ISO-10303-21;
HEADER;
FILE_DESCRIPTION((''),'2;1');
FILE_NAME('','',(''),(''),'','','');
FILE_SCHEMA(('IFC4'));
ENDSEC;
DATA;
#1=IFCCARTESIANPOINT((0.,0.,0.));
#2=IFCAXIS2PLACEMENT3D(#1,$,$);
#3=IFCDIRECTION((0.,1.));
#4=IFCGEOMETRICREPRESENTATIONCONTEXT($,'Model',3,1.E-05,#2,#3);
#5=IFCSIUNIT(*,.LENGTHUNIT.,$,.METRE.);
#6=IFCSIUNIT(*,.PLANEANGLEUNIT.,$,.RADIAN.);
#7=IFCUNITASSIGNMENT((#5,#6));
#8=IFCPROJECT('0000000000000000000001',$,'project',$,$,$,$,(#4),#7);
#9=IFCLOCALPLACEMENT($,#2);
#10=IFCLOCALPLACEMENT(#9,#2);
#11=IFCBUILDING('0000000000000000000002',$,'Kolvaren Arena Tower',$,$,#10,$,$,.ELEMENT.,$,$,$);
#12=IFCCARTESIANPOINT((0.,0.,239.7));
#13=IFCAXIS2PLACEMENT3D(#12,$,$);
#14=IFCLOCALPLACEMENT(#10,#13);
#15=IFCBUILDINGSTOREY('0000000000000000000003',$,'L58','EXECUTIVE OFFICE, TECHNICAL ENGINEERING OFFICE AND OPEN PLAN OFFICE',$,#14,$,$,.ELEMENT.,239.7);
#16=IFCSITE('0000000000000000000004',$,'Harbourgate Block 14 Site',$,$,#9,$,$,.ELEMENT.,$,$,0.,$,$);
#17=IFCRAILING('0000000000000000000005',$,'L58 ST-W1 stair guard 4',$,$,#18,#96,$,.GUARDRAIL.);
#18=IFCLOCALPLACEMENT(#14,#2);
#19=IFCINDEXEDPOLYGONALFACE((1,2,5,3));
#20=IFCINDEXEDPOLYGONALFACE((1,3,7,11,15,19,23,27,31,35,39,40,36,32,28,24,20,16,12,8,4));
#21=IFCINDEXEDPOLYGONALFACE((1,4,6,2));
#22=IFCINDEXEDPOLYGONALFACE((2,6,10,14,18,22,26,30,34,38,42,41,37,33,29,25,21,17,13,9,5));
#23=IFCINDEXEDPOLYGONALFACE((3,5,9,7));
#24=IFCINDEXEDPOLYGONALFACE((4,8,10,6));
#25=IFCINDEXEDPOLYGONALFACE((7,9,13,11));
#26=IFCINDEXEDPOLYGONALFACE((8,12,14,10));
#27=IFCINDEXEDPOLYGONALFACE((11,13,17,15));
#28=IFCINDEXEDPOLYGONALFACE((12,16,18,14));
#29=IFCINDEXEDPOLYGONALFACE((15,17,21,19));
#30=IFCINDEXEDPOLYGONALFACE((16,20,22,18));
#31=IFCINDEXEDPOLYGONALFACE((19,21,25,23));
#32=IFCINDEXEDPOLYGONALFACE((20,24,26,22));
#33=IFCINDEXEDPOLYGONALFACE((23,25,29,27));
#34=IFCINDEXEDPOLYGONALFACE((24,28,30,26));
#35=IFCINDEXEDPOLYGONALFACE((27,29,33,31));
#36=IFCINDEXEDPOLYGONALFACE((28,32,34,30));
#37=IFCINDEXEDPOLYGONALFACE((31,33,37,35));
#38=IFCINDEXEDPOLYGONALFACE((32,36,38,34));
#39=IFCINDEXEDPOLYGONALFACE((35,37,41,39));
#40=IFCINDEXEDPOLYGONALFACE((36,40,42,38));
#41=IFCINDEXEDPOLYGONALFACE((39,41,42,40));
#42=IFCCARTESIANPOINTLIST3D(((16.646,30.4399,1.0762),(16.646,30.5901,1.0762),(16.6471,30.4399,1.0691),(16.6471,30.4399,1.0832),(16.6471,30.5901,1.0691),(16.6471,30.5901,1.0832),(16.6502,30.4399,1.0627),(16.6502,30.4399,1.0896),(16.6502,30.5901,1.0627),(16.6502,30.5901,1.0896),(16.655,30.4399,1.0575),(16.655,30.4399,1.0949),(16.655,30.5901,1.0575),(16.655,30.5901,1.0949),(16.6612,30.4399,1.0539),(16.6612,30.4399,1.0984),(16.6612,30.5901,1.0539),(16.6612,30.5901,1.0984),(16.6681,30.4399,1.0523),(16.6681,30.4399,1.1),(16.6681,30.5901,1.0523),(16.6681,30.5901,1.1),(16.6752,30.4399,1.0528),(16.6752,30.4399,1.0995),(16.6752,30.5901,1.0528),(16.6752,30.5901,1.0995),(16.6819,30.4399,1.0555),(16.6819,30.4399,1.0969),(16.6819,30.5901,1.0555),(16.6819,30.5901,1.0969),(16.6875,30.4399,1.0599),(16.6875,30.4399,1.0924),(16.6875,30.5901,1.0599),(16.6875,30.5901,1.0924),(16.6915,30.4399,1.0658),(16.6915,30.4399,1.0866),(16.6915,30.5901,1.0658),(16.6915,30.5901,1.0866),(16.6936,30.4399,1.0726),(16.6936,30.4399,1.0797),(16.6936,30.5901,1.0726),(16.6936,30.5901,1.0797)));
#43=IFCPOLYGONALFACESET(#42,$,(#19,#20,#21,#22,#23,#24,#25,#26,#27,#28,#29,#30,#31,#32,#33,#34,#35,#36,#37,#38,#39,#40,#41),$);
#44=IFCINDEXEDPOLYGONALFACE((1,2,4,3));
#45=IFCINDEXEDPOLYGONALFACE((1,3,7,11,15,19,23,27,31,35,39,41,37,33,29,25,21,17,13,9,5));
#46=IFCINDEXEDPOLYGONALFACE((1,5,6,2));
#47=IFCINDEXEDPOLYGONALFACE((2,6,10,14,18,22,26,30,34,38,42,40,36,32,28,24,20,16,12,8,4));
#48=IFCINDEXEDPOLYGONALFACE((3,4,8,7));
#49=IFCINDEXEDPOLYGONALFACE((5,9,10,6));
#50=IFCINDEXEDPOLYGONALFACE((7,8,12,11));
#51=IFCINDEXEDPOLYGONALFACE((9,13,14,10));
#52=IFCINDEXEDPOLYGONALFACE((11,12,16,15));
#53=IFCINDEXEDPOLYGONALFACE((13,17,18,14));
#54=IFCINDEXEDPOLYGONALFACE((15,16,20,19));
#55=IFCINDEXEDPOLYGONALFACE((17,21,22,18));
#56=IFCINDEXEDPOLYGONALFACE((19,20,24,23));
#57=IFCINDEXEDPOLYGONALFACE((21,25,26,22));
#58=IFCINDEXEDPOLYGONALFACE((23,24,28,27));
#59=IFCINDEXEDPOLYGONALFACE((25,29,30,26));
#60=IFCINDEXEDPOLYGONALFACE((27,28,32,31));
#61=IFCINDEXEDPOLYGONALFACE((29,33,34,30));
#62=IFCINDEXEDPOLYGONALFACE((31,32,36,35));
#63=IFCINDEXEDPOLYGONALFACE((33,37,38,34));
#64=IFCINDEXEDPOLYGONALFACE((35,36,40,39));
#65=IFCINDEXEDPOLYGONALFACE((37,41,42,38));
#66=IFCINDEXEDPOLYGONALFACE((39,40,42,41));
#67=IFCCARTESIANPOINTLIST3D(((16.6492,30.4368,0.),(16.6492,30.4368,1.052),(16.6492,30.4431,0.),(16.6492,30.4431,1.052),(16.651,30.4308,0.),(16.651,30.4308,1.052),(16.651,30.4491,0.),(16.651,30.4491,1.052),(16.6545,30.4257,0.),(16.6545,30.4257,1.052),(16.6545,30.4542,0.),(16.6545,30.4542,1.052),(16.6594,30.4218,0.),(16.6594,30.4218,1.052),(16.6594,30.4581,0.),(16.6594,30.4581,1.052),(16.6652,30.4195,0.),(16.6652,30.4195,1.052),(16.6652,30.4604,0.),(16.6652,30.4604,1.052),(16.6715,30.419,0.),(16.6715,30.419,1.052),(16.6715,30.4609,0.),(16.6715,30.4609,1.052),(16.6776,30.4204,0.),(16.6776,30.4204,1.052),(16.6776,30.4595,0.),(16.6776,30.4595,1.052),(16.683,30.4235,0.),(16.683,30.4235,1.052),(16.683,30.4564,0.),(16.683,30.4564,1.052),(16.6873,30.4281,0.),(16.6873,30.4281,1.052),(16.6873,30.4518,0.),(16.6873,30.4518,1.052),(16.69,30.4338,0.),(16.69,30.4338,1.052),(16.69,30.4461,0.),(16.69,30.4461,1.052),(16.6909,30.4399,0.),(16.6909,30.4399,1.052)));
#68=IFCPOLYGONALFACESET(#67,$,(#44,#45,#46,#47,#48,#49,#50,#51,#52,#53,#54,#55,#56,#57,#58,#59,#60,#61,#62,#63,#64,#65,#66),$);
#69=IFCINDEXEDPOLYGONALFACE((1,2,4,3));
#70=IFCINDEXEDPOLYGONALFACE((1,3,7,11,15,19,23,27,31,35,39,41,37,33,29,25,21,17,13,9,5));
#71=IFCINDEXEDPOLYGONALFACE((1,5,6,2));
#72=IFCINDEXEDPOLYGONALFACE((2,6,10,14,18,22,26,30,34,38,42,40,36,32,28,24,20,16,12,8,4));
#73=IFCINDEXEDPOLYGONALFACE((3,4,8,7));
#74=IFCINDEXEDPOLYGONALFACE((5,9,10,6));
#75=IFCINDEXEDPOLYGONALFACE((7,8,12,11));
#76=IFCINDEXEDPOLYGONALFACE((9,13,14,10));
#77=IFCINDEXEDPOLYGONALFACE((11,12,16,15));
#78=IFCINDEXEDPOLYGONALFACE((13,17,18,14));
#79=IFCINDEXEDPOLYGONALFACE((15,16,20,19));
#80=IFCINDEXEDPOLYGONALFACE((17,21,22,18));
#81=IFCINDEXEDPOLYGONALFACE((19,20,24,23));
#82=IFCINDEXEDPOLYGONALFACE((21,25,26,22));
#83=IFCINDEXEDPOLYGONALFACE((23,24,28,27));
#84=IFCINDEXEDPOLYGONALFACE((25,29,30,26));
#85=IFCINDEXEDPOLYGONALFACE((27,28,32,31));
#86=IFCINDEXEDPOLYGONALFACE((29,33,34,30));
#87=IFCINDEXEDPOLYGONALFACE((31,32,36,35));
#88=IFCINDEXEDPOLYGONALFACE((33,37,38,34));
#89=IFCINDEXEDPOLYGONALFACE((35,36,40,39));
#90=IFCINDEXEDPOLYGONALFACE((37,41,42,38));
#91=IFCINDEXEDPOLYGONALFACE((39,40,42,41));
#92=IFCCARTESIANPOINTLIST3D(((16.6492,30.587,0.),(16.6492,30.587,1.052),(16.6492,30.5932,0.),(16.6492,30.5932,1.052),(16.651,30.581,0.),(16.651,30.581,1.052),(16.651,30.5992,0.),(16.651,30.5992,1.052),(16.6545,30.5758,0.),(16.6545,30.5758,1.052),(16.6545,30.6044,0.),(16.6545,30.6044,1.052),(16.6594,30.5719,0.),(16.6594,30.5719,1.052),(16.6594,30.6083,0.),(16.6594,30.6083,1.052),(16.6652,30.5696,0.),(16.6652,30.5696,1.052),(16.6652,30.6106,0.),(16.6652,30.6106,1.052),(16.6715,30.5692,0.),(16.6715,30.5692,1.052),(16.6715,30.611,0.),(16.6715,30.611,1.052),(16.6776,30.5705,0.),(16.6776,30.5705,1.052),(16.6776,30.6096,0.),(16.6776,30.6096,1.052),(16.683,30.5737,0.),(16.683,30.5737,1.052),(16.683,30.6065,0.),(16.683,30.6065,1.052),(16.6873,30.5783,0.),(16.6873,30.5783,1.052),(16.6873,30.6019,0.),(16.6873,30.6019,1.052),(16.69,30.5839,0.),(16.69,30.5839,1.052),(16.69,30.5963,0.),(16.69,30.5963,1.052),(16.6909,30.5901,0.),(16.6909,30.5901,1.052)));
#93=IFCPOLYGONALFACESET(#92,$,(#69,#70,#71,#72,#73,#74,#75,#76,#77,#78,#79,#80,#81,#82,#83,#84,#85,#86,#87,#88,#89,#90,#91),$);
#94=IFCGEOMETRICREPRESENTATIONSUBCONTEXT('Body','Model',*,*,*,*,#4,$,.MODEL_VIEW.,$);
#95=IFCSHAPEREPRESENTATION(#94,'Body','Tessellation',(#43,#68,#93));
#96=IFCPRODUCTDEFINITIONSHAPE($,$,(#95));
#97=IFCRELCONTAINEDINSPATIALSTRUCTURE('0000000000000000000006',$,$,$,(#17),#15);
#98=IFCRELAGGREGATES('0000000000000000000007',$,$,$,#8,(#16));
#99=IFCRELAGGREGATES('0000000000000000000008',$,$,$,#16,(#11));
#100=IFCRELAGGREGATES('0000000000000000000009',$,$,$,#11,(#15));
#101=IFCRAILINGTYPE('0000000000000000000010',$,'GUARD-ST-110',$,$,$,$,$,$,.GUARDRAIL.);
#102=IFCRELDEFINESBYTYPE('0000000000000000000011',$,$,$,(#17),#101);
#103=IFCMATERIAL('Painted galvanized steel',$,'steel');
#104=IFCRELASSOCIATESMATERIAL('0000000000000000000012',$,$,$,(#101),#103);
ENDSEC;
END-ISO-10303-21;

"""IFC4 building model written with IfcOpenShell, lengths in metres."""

from ifc_helpers import new_model, si_unit, direction, frame, origin, origin_2d, place, context, subcontext, project, spatial, circle, extrude, material, type_object, element, save


model = new_model("IFC4")

# Units and contexts
model_context = context("Model", 3, precision=1e-05, world=origin(), true_north=direction((0.0, 1.0)))
body_context = subcontext(model_context, "Body", "Model", "MODEL_VIEW")
ifc_project = project(units=[si_unit("LENGTHUNIT", "METRE"), si_unit("PLANEANGLEUNIT", "RADIAN")], contexts=[model_context])

# Site, building, storey
site_placement = place(None, origin())
site = spatial("IfcSite", under=ifc_project, at=site_placement, Name="Harbourgate Block 14 Site", CompositionType="ELEMENT", RefElevation=0.0)
building_placement = place(site_placement, origin())
building = spatial("IfcBuilding", under=site, at=building_placement, Name="Kolvaren Arena Tower", CompositionType="ELEMENT")
storey_placement = place(building_placement, frame((0.0, 0.0, 239.7)))
storey = spatial("IfcBuildingStorey", under=building, at=storey_placement, Name="L58", Description="EXECUTIVE OFFICE, TECHNICAL ENGINEERING OFFICE AND OPEN PLAN OFFICE", CompositionType="ELEMENT", Elevation=239.7)

# Railing
ifc_material_1 = material(Name="Painted galvanized steel", Category="steel")
railing_type_1 = type_object("IfcRailingType", Name="GUARD-ST-110", PredefinedType="GUARDRAIL", material=ifc_material_1)
railing_1_placement = place(storey_placement, frame((16.6699, 30.4399, 0.0)))
element("IfcRailing", 1, at=railing_1_placement, inside=storey, type_object=railing_type_1, Name="L58 ST-W1 stair guard 4", PredefinedType="GUARDRAIL", context=body_context, shape_type="SweptSolid", body=[
    extrude(circle(Radius=0.0239, at=origin_2d()), frame((0.0, 0.0, 1.0762), z_axis=(0.0, 1.0, 0.0), x_axis=(-1.0, 0.0, 0.0)), (0.0, 0.0, 1.0), 0.1501),
    extrude(circle(Radius=0.021, at=origin_2d()), origin(), (0.0, 0.0, 1.0), 1.052),
    extrude(circle(Radius=0.021, at=origin_2d()), frame((0.0, 0.1501, 0.0)), (0.0, 0.0, 1.0), 1.052),
])

save(model, "model.ifc")
